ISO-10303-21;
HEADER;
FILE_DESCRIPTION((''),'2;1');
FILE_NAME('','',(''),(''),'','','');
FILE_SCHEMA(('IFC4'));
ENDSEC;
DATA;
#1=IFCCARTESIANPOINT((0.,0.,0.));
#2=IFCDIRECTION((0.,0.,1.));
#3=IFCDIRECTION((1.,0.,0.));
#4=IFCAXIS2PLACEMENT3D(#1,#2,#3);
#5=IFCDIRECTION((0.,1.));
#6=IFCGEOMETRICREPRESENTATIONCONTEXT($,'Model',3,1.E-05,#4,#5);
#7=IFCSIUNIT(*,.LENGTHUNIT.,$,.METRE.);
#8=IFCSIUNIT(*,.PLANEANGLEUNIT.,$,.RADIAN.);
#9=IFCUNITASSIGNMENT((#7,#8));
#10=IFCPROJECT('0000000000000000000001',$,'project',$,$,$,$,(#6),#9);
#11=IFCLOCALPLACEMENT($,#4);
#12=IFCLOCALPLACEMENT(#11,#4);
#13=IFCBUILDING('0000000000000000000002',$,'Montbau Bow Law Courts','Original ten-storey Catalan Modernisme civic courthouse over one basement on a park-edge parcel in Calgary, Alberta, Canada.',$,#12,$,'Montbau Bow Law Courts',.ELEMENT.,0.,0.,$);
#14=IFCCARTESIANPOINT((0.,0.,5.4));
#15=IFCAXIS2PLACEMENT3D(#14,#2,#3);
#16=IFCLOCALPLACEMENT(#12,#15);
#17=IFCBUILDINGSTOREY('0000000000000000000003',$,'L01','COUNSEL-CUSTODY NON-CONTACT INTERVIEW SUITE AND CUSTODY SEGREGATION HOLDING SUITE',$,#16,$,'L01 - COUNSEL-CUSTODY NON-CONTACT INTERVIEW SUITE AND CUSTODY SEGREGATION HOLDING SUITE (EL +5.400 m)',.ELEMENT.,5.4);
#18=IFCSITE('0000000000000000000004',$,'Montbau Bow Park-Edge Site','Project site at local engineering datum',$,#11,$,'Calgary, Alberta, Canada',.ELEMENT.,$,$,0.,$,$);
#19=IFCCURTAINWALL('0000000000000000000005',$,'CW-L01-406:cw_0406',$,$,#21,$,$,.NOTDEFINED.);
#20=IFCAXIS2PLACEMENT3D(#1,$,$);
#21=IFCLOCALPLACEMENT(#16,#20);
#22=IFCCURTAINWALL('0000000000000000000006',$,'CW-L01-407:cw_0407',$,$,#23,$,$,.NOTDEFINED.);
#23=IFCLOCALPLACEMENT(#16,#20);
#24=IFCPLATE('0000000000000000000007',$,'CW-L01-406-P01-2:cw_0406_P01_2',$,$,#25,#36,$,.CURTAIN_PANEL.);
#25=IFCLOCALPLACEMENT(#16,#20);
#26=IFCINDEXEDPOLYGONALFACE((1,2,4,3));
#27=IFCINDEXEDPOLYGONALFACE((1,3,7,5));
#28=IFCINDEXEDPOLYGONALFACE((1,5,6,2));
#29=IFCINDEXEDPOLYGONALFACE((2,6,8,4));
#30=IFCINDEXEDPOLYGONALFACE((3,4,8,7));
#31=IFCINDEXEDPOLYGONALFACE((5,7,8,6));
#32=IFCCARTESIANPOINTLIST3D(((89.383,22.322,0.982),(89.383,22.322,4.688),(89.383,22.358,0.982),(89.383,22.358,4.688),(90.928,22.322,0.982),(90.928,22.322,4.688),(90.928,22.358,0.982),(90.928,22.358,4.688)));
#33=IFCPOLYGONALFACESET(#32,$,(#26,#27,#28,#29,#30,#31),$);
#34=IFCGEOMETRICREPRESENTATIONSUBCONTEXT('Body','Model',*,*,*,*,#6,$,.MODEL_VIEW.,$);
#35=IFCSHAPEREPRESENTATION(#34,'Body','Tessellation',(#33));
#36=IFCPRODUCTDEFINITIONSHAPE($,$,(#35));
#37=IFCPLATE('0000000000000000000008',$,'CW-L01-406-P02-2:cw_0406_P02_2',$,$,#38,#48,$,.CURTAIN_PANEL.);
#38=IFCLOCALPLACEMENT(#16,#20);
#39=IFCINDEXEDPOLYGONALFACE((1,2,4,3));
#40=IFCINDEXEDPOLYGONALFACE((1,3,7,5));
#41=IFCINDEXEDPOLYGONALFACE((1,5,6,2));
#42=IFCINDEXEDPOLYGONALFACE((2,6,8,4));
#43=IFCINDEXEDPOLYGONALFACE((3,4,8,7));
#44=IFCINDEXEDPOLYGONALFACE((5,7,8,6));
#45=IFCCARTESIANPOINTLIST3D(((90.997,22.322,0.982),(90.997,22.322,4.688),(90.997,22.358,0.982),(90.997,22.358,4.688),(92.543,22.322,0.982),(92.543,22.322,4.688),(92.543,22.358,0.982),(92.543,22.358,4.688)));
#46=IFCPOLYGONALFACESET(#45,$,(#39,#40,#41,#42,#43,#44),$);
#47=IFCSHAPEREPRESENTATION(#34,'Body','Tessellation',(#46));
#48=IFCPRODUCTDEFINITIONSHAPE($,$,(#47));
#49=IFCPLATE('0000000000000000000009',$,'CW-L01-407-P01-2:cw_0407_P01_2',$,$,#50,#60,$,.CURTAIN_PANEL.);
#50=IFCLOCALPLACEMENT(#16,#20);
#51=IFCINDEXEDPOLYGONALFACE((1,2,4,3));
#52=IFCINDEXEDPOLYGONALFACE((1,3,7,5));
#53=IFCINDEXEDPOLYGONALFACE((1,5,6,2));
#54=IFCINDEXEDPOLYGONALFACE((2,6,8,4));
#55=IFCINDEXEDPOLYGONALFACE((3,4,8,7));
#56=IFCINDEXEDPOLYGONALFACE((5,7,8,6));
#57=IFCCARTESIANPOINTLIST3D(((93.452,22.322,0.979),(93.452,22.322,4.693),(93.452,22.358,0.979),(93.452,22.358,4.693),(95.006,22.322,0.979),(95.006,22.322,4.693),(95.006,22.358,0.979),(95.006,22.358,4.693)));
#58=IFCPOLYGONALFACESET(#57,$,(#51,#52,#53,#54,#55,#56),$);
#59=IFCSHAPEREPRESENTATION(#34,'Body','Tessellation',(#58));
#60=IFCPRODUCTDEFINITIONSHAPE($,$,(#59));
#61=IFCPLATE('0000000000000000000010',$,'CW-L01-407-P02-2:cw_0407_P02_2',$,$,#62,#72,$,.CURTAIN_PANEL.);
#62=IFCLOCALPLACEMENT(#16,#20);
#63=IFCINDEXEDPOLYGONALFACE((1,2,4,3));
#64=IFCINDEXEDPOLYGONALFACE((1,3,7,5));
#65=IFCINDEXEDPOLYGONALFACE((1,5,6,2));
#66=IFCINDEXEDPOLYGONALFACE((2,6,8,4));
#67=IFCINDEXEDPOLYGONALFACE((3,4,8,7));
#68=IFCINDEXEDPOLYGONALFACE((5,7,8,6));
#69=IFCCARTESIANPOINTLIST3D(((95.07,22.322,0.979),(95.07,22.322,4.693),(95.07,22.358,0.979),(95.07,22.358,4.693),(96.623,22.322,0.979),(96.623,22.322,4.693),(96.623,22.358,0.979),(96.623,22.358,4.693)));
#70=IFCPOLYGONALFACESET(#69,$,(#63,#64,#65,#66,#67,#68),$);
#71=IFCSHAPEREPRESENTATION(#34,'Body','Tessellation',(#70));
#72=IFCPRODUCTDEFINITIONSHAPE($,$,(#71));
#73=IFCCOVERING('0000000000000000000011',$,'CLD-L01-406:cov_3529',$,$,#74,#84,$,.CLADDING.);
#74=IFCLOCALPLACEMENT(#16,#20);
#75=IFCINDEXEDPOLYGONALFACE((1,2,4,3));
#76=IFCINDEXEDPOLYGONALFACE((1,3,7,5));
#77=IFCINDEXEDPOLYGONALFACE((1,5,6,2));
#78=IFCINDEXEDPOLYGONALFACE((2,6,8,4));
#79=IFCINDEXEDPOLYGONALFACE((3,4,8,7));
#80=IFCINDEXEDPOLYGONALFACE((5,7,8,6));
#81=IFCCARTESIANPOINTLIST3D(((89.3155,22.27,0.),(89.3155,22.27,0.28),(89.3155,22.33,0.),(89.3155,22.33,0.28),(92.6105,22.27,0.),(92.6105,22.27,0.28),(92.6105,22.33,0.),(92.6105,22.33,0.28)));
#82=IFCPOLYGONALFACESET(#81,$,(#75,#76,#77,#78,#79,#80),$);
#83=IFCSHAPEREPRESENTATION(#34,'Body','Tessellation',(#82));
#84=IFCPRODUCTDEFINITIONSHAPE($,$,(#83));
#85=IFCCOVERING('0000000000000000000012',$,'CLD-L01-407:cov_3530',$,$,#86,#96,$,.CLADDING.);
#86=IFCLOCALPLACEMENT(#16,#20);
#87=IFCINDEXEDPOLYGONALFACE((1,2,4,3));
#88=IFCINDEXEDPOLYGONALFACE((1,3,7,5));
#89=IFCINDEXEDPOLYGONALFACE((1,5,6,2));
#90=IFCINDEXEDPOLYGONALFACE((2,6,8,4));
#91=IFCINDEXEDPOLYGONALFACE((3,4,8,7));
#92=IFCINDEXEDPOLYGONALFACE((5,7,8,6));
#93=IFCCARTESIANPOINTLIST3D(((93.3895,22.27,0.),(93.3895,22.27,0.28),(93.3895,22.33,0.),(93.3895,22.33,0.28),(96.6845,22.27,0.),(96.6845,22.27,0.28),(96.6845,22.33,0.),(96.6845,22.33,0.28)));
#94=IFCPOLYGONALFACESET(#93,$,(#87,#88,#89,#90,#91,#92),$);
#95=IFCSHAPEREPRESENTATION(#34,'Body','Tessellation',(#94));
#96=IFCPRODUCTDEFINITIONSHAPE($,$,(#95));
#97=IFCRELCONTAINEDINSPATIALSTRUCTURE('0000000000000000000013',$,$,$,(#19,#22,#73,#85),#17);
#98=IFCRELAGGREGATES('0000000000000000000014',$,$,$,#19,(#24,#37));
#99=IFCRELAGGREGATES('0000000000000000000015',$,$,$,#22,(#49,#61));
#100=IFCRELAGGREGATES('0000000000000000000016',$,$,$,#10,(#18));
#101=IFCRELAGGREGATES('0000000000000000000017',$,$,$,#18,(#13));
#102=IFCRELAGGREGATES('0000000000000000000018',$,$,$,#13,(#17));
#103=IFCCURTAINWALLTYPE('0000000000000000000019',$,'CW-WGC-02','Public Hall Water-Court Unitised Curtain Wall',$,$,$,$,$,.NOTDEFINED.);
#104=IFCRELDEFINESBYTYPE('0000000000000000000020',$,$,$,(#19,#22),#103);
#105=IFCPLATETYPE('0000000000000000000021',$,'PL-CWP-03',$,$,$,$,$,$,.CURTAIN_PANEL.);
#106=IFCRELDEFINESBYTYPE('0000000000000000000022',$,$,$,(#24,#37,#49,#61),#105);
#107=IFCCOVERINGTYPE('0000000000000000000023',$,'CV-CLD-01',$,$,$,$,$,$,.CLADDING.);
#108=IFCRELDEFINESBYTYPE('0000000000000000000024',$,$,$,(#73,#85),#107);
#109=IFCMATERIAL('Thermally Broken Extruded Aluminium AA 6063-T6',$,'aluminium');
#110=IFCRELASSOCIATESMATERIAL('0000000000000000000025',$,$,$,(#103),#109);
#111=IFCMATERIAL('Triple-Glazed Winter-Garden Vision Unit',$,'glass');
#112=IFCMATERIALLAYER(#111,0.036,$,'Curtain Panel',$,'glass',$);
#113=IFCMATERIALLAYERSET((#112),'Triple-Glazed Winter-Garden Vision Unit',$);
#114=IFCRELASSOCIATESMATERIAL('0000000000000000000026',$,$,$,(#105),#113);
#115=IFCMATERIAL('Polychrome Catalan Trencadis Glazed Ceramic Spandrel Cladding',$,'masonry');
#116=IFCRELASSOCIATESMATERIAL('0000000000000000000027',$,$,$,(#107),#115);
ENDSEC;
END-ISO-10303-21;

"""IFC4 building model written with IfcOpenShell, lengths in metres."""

from ifc_helpers import new_model, si_unit, direction, frame, frame_2d, origin_with_axes, origin_2d_with_axis, place, context, subcontext, project, spatial, rectangle, extrude, material, layer, layer_set, type_object, element, aggregate, save


model = new_model("IFC4")

# Units and contexts
model_context = context("Model", 3, precision=1e-05, world=origin_with_axes(), true_north=direction((0.0, 1.0)))
body_context = subcontext(model_context, "Body", "Model", "MODEL_VIEW")
ifc_project = project(units=[si_unit("LENGTHUNIT", "METRE"), si_unit("PLANEANGLEUNIT", "RADIAN")], contexts=[model_context])

# Site, building, storey
site_placement = place(None, origin_with_axes())
site = spatial("IfcSite", under=ifc_project, at=site_placement, Name="Montbau Bow Park-Edge Site", Description="Project site at local engineering datum", LongName="Calgary, Alberta, Canada", CompositionType="ELEMENT", RefElevation=0.0)
building_placement = place(site_placement, origin_with_axes())
building = spatial("IfcBuilding", under=site, at=building_placement, Name="Montbau Bow Law Courts", Description="Original ten-storey Catalan Modernisme civic courthouse over one basement on a park-edge parcel in Calgary, Alberta, Canada.", LongName="Montbau Bow Law Courts", CompositionType="ELEMENT", ElevationOfRefHeight=0.0, ElevationOfTerrain=0.0)
storey_placement = place(building_placement, frame((0.0, 0.0, 5.4), z_axis=(0.0, 0.0, 1.0), x_axis=(1.0, 0.0, 0.0)))
storey = spatial("IfcBuildingStorey", under=building, at=storey_placement, Name="L01", Description="COUNSEL-CUSTODY NON-CONTACT INTERVIEW SUITE AND CUSTODY SEGREGATION HOLDING SUITE", LongName="L01 - COUNSEL-CUSTODY NON-CONTACT INTERVIEW SUITE AND CUSTODY SEGREGATION HOLDING SUITE (EL +5.400 m)", CompositionType="ELEMENT", Elevation=5.4)

# Curtain walls
ifc_material_1 = material(Name="Thermally Broken Extruded Aluminium AA 6063-T6", Category="aluminium")
curtain_wall_type = type_object("IfcCurtainWallType", Name="CW-WGC-02", Description="Public Hall Water-Court Unitised Curtain Wall", PredefinedType="NOTDEFINED", material=ifc_material_1)
curtain_wall_1_placement = place(None, frame((89.315, 22.34, 5.4), z_axis=(0.0, 0.0, 1.0), x_axis=(1.0, 0.0, 0.0)))
curtain_wall_1 = element("IfcCurtainWall", 1, at=curtain_wall_1_placement, inside=storey, type_object=curtain_wall_type, Name="CW-L01-406:cw_0406", PredefinedType="NOTDEFINED")
curtain_wall_2_placement = place(None, frame((93.39, 22.34, 5.4), z_axis=(0.0, 0.0, 1.0), x_axis=(1.0, 0.0, 0.0)))
curtain_wall_2 = element("IfcCurtainWall", 2, at=curtain_wall_2_placement, inside=storey, type_object=curtain_wall_type, Name="CW-L01-407:cw_0407", PredefinedType="NOTDEFINED")

# Plates
ifc_material_2 = material(Name="Triple-Glazed Winter-Garden Vision Unit", Category="glass")
ifc_layer_1 = layer(ifc_material_2, 0.036, Name="Curtain Panel", Category="glass")
ifc_layer_set_1 = layer_set([ifc_layer_1], Name="Triple-Glazed Winter-Garden Vision Unit")
plate_type_1 = type_object("IfcPlateType", Name="PL-CWP-03", PredefinedType="CURTAIN_PANEL", material=ifc_layer_set_1)
plate_1_placement = place(None, frame((89.383, 22.34, 6.382), z_axis=(0.0, -1.0, 0.0), x_axis=(1.0, 0.0, 0.0)))
plate_1 = element("IfcPlate", 3, at=plate_1_placement, type_object=plate_type_1, Name="CW-L01-406-P01-2:cw_0406_P01_2", PredefinedType="CURTAIN_PANEL", context=body_context, shape_type="SweptSolid", body=[
    extrude(rectangle(XDim=1.545, YDim=3.706, at=frame_2d((0.7725, 1.853), x_axis=(1.0, 0.0))), frame((0.0, 0.0, -0.018), z_axis=(0.0, 0.0, 1.0), x_axis=(1.0, 0.0, 0.0)), (0.0, 0.0, 1.0), 0.036),
])
plate_2_placement = place(None, frame((90.997, 22.34, 6.382), z_axis=(0.0, -1.0, 0.0), x_axis=(1.0, 0.0, 0.0)))
plate_2 = element("IfcPlate", 4, at=plate_2_placement, type_object=plate_type_1, Name="CW-L01-406-P02-2:cw_0406_P02_2", PredefinedType="CURTAIN_PANEL", context=body_context, shape_type="SweptSolid", body=[
    extrude(rectangle(XDim=1.546, YDim=3.706, at=frame_2d((0.773, 1.853), x_axis=(1.0, 0.0))), frame((0.0, 0.0, -0.018), z_axis=(0.0, 0.0, 1.0), x_axis=(1.0, 0.0, 0.0)), (0.0, 0.0, 1.0), 0.036),
])
aggregate(curtain_wall_1, [plate_1, plate_2])
plate_3_placement = place(None, frame((93.452, 22.34, 6.379), z_axis=(0.0, -1.0, 0.0), x_axis=(1.0, 0.0, 0.0)))
plate_3 = element("IfcPlate", 5, at=plate_3_placement, type_object=plate_type_1, Name="CW-L01-407-P01-2:cw_0407_P01_2", PredefinedType="CURTAIN_PANEL", context=body_context, shape_type="SweptSolid", body=[
    extrude(rectangle(XDim=1.554, YDim=3.714, at=frame_2d((0.777, 1.857), x_axis=(1.0, 0.0))), frame((0.0, 0.0, -0.018), z_axis=(0.0, 0.0, 1.0), x_axis=(1.0, 0.0, 0.0)), (0.0, 0.0, 1.0), 0.036),
])
plate_4_placement = place(None, frame((95.07, 22.34, 6.379), z_axis=(0.0, -1.0, 0.0), x_axis=(1.0, 0.0, 0.0)))
plate_4 = element("IfcPlate", 6, at=plate_4_placement, type_object=plate_type_1, Name="CW-L01-407-P02-2:cw_0407_P02_2", PredefinedType="CURTAIN_PANEL", context=body_context, shape_type="SweptSolid", body=[
    extrude(rectangle(XDim=1.553, YDim=3.714, at=frame_2d((0.7765, 1.857), x_axis=(1.0, 0.0))), frame((0.0, 0.0, -0.018), z_axis=(0.0, 0.0, 1.0), x_axis=(1.0, 0.0, 0.0)), (0.0, 0.0, 1.0), 0.036),
])
aggregate(curtain_wall_2, [plate_3, plate_4])

# Coverings
ifc_material_3 = material(Name="Polychrome Catalan Trencadis Glazed Ceramic Spandrel Cladding", Category="masonry")
covering_type = type_object("IfcCoveringType", Name="CV-CLD-01", PredefinedType="CLADDING", material=ifc_material_3)
for number, where, z_axis, x_axis, name in (
    (7, (90.963, 22.3, 5.4), (0.0, 0.0, 1.0), (1.0, 0.0, 0.0), "CLD-L01-406:cov_3529"),
    (8, (95.037, 22.3, 5.4), (0.0, 0.0, 1.0), (1.0, 0.0, 0.0), "CLD-L01-407:cov_3530"),
):
    element("IfcCovering", number, at=place(None, frame(where, z_axis=z_axis, x_axis=x_axis)), inside=storey, type_object=covering_type, Name=name, PredefinedType="CLADDING", context=body_context, shape_type="SweptSolid", body=[
        extrude(rectangle(XDim=3.295, YDim=0.06, at=origin_2d_with_axis()), origin_with_axes(), (0.0, 0.0, 1.0), 0.28),
    ])

save(model, "model.ifc")
